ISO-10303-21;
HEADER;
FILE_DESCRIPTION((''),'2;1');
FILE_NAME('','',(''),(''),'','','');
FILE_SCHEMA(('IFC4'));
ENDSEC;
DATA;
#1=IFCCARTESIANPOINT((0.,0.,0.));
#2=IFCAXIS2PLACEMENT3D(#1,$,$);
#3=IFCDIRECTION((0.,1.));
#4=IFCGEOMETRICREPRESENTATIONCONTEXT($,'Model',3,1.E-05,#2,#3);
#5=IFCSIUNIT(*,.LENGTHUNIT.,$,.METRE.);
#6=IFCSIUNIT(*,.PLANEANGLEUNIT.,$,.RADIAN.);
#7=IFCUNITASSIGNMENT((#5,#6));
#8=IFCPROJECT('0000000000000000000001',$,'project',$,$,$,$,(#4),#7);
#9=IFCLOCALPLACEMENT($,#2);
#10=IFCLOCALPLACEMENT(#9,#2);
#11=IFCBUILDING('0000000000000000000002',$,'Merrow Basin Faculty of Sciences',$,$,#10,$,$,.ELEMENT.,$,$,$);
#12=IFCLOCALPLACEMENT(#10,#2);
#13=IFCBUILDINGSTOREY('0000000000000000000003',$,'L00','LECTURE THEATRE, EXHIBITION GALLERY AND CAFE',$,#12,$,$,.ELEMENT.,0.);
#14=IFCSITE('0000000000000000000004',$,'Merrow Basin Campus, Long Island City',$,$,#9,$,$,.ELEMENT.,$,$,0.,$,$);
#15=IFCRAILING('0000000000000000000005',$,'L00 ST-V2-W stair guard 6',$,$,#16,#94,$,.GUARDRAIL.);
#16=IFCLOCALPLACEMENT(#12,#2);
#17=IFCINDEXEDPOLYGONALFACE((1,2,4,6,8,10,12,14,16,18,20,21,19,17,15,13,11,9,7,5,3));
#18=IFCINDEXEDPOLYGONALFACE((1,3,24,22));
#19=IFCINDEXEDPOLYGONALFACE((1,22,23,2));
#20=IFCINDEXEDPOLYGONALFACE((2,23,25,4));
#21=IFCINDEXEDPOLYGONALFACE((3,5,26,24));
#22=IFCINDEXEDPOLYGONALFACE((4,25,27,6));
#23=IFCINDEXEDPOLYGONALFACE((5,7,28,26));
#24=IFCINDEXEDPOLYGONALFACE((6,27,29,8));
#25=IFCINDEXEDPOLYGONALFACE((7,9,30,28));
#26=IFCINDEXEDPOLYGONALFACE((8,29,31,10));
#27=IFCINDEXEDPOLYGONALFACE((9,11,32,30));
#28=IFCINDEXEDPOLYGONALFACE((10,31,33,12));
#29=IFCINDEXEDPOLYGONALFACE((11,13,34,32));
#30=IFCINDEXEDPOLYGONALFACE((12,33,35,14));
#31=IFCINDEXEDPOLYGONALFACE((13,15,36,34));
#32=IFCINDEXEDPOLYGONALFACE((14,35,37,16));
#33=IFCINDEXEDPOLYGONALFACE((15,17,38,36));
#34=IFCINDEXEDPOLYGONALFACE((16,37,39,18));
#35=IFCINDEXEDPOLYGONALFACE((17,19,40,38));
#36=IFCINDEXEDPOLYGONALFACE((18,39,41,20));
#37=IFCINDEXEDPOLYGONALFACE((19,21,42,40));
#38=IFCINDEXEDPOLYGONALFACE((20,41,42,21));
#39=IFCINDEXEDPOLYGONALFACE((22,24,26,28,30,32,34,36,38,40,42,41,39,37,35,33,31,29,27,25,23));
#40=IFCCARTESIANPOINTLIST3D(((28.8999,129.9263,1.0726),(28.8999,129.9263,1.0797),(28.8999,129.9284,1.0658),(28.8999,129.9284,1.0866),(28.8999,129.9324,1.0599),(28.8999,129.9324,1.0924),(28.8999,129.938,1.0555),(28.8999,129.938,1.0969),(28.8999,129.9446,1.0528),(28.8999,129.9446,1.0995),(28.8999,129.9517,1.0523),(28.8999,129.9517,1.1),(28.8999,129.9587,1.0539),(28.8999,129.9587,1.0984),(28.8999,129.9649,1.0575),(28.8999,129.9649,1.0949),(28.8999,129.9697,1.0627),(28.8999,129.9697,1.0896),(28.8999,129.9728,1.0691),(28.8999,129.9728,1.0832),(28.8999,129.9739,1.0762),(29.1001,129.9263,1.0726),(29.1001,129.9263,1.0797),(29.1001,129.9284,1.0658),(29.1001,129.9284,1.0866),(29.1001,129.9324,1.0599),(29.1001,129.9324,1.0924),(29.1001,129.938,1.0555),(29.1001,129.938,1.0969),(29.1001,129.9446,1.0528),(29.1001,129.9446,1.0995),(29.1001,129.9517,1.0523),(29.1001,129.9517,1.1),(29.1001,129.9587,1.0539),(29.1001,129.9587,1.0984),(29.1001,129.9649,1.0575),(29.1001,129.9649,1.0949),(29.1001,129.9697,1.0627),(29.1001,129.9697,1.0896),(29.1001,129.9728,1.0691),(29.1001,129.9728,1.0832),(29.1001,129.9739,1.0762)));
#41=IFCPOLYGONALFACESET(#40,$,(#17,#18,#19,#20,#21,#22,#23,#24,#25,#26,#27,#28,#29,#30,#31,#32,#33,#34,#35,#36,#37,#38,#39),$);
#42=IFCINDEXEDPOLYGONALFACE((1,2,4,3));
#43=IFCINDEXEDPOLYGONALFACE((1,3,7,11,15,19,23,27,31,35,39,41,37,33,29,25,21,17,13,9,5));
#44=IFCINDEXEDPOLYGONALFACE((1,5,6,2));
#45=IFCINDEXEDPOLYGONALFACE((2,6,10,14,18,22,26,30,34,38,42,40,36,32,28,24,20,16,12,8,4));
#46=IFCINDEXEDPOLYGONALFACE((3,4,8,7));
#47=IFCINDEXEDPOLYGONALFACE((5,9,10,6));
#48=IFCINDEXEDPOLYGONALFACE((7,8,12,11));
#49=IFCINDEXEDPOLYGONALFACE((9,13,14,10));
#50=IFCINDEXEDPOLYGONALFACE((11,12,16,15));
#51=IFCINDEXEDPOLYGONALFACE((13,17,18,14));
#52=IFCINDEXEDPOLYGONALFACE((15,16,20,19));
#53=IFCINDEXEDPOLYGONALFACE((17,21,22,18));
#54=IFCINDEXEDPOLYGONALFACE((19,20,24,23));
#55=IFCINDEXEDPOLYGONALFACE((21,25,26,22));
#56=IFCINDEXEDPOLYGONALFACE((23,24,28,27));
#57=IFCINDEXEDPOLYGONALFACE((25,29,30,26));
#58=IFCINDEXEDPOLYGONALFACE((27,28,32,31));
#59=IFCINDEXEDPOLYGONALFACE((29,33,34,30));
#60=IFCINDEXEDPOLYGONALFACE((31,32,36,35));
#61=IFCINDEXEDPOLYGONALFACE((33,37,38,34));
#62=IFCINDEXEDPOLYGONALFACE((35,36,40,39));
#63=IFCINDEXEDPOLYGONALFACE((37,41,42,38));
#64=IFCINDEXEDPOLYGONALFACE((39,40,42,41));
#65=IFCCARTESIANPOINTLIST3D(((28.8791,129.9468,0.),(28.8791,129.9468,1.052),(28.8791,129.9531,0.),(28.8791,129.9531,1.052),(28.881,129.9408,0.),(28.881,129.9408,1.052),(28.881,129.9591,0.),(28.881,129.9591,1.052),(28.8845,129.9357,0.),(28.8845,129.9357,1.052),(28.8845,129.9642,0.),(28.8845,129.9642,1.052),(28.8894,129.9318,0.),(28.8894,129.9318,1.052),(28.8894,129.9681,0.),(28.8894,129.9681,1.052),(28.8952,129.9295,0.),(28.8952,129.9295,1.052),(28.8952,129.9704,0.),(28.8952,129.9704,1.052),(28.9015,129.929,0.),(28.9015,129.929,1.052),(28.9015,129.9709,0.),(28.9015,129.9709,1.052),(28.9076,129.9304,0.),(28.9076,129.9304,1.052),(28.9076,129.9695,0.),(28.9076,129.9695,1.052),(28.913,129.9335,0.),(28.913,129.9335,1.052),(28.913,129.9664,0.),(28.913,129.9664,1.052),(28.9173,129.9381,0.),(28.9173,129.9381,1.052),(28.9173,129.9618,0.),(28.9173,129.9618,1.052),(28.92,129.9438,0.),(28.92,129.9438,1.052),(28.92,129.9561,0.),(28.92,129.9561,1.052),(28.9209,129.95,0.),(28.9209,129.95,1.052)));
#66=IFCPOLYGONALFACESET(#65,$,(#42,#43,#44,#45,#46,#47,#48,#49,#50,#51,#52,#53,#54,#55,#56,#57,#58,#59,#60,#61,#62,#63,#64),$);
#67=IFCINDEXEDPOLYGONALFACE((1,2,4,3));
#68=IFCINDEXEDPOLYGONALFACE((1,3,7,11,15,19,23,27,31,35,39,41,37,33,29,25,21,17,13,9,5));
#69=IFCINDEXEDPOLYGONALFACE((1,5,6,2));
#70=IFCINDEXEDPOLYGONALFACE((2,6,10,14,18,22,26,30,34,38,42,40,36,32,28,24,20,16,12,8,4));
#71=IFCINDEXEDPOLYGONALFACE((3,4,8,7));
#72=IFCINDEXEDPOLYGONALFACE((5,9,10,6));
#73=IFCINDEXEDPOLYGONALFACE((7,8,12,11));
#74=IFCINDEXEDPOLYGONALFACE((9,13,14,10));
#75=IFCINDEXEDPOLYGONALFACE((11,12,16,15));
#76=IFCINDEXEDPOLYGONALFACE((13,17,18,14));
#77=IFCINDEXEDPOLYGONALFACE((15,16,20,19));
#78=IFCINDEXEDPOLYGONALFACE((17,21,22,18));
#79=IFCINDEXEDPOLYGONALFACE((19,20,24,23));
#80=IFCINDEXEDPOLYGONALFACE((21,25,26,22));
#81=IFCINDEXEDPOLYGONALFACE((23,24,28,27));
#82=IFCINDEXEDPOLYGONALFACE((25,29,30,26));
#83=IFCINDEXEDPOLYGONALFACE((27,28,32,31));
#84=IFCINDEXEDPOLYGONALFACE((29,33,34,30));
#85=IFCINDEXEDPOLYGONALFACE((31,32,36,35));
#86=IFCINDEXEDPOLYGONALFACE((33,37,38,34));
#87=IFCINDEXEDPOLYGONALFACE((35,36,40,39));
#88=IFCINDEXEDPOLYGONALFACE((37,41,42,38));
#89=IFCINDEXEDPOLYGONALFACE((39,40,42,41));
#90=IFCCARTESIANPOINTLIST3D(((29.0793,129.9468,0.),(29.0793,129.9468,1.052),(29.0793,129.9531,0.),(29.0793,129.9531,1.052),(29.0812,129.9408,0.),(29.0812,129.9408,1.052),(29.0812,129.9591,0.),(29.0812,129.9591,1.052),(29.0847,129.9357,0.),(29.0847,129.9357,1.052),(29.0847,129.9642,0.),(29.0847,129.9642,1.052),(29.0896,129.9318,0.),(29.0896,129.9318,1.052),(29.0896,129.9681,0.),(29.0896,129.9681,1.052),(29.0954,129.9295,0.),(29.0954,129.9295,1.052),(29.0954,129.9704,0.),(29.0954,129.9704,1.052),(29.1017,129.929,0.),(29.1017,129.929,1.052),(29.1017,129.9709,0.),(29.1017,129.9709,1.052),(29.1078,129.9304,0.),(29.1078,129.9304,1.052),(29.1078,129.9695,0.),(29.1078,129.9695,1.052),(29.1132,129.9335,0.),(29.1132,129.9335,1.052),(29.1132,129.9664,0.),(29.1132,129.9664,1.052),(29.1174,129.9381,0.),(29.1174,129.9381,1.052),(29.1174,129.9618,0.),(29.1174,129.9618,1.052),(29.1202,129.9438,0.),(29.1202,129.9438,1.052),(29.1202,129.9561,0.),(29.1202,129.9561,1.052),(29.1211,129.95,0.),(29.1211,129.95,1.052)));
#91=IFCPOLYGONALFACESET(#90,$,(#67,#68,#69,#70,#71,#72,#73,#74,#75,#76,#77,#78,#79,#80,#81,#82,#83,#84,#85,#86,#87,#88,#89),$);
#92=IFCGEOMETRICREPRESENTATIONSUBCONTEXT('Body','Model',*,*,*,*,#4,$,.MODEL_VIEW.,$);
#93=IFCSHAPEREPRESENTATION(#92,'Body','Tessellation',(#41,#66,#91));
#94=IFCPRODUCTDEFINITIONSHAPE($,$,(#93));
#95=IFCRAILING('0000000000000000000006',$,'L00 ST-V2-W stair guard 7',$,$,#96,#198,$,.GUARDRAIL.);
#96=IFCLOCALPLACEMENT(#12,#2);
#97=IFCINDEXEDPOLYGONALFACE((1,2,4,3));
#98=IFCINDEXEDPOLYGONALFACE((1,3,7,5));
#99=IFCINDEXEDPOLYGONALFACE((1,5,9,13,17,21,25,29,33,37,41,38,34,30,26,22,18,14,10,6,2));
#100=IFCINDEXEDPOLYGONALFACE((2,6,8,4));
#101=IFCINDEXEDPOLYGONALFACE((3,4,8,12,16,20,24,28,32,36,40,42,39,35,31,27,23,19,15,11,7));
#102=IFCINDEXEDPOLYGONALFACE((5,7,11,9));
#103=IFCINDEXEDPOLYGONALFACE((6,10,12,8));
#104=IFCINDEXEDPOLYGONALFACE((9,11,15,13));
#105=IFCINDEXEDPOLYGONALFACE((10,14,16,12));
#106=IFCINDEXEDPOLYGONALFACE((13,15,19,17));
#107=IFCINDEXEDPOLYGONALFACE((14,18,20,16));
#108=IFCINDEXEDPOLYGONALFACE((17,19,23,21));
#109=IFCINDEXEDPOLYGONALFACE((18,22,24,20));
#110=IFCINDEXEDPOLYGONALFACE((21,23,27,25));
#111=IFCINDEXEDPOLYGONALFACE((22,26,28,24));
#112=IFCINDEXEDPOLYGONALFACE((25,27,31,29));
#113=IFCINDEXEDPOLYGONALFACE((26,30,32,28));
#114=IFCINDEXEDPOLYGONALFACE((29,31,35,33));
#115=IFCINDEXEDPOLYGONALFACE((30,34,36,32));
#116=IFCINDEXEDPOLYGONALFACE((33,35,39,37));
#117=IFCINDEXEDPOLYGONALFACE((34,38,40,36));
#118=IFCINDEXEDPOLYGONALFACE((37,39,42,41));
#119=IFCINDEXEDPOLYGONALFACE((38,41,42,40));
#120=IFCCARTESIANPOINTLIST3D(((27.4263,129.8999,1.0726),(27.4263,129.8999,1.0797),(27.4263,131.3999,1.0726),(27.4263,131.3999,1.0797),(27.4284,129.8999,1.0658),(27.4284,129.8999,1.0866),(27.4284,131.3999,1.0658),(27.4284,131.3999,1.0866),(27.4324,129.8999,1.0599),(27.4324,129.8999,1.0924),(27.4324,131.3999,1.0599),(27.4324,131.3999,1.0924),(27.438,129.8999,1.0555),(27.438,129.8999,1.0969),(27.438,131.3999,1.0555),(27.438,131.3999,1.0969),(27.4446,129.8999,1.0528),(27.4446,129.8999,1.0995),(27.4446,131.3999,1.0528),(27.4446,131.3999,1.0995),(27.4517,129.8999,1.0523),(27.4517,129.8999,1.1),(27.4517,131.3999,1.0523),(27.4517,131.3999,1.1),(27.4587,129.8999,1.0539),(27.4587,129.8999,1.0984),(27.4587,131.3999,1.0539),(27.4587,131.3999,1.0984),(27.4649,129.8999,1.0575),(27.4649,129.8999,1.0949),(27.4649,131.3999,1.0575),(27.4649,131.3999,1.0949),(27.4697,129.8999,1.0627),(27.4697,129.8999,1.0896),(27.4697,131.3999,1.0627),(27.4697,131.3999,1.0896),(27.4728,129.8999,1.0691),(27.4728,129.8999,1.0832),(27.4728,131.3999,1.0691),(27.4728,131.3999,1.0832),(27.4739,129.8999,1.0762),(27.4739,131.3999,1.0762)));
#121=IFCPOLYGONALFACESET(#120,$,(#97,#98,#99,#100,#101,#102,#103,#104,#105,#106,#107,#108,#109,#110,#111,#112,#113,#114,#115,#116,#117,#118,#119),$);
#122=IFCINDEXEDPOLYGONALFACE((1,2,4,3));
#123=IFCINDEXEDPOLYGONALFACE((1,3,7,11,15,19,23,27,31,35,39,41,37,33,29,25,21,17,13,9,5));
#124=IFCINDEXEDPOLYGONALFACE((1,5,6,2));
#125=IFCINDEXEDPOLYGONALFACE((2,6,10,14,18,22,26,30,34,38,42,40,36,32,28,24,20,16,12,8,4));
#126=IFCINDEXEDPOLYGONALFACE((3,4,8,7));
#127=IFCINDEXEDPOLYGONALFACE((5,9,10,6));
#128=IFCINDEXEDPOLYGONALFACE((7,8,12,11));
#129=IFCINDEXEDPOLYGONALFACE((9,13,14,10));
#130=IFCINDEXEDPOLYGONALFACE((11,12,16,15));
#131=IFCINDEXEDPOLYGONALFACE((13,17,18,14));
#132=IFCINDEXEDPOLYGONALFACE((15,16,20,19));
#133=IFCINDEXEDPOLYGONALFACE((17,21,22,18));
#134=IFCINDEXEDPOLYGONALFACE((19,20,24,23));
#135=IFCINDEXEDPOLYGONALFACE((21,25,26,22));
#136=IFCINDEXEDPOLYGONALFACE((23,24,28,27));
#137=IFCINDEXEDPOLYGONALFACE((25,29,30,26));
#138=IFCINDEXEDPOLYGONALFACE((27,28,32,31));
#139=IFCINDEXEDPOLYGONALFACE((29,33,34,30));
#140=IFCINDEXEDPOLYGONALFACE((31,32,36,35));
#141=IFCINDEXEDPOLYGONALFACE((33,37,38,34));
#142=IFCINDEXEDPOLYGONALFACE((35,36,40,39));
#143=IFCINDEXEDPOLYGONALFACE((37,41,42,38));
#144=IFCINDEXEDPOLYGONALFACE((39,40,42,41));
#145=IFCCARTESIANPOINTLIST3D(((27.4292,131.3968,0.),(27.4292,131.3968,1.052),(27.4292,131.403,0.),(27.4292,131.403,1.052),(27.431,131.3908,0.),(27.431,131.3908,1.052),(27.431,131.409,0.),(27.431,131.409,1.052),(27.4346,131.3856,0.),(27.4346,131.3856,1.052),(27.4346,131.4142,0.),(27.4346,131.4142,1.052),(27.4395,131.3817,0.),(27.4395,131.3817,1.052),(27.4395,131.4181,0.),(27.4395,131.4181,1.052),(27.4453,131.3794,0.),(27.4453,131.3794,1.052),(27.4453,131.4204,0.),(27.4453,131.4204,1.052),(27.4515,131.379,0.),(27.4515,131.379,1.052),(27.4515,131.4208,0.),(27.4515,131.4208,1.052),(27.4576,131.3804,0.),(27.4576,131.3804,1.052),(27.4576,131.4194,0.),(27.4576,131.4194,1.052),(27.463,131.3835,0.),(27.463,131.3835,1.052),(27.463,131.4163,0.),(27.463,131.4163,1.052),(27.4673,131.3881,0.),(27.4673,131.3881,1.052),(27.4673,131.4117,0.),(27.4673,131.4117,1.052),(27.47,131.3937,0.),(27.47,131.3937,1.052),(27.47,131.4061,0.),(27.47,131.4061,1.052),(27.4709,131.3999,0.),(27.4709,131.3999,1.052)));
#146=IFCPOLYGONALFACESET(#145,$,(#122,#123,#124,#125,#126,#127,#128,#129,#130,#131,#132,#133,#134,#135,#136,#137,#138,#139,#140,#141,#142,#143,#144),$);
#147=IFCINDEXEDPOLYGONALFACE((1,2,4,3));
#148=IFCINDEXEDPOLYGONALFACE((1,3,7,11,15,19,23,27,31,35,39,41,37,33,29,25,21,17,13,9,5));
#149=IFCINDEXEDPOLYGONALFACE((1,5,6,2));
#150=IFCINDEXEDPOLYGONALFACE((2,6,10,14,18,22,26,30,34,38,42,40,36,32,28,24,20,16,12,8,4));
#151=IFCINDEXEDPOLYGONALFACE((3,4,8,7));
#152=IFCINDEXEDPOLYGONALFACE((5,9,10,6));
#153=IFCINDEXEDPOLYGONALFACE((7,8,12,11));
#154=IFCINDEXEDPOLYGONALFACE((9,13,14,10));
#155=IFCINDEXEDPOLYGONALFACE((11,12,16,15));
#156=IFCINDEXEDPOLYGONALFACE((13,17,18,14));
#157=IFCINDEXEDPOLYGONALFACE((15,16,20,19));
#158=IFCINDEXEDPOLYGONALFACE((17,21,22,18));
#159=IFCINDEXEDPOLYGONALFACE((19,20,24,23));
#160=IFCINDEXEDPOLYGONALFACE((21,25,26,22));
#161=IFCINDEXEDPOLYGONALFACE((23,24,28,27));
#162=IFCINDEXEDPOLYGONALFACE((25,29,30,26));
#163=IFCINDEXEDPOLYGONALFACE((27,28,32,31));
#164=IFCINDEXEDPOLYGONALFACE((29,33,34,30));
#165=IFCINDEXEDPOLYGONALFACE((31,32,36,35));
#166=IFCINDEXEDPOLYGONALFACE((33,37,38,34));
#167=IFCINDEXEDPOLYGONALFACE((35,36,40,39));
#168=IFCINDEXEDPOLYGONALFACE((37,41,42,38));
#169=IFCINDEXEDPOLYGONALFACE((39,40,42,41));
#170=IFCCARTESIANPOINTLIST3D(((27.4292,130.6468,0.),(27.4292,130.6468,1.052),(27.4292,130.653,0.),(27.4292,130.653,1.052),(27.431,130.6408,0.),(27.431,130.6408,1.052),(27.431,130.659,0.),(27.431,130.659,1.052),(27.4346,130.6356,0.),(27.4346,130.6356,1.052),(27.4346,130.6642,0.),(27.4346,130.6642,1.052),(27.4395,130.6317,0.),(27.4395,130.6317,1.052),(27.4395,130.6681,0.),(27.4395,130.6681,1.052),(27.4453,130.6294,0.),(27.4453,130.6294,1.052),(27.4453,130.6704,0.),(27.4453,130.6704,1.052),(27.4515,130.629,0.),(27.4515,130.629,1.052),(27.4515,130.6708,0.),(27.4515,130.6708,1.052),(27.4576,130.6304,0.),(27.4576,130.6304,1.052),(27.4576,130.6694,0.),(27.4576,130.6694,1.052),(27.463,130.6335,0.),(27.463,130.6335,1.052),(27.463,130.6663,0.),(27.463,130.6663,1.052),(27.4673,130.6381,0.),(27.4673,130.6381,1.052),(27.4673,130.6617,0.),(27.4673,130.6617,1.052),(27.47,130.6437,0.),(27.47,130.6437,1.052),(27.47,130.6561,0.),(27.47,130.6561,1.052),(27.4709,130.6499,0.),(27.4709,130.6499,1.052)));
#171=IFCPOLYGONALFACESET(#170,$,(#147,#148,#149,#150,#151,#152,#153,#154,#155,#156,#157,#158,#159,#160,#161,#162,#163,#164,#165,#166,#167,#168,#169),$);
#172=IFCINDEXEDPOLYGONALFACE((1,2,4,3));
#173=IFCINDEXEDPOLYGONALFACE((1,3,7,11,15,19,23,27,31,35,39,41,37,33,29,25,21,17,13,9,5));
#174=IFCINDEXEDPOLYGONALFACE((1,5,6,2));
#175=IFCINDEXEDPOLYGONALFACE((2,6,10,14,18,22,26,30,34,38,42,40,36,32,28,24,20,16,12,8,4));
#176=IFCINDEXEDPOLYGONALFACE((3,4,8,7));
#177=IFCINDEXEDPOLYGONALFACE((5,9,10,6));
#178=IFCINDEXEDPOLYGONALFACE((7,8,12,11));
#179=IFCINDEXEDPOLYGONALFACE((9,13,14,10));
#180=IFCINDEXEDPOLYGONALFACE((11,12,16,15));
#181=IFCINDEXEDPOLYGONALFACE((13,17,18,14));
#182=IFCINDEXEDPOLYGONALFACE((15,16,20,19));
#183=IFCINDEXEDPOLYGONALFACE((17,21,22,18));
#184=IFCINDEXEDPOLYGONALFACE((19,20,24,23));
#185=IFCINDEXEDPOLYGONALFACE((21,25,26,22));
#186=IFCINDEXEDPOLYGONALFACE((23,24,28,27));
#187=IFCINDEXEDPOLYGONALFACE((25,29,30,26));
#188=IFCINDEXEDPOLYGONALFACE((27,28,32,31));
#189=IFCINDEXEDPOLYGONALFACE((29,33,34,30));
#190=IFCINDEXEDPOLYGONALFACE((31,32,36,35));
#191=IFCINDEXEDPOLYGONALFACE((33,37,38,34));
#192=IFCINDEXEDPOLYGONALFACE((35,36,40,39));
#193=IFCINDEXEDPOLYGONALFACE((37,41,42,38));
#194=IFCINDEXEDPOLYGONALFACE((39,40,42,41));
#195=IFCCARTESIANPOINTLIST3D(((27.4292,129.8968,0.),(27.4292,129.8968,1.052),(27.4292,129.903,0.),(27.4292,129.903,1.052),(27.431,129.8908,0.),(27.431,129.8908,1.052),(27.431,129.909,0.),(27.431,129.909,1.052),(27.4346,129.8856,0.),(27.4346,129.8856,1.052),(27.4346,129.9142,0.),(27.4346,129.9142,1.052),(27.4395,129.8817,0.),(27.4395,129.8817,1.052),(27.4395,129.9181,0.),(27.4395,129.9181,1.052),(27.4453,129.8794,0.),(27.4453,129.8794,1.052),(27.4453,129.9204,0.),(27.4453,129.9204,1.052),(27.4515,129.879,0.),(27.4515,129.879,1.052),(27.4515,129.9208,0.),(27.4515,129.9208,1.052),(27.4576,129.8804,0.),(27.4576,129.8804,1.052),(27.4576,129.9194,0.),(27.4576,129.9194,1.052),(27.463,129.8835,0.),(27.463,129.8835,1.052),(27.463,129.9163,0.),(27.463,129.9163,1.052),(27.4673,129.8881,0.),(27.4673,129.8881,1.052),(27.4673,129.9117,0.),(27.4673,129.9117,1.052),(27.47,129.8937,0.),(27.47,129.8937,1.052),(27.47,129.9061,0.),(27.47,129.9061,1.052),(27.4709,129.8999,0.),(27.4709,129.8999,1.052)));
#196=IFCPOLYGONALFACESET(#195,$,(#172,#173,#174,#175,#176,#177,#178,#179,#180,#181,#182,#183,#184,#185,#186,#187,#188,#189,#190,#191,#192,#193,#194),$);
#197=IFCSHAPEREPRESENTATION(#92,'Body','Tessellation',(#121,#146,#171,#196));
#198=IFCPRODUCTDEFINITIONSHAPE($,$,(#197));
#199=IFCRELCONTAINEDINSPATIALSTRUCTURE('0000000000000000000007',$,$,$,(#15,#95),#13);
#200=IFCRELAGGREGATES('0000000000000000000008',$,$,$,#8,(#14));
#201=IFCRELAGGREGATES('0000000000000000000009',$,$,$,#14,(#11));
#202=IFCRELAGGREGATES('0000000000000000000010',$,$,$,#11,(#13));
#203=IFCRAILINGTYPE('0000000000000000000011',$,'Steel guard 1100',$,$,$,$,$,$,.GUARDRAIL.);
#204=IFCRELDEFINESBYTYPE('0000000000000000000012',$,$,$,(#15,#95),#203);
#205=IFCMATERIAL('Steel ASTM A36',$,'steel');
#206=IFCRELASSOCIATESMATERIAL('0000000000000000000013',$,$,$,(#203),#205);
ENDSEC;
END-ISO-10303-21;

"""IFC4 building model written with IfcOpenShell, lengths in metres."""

from ifc_helpers import new_model, si_unit, direction, frame, origin, origin_2d, place, context, subcontext, project, spatial, circle, extrude, material, type_object, element, save


model = new_model("IFC4")

# Units and contexts
model_context = context("Model", 3, precision=1e-05, world=origin(), true_north=direction((0.0, 1.0)))
body_context = subcontext(model_context, "Body", "Model", "MODEL_VIEW")
ifc_project = project(units=[si_unit("LENGTHUNIT", "METRE"), si_unit("PLANEANGLEUNIT", "RADIAN")], contexts=[model_context])

# Site, building, storey
site_placement = place(None, origin())
site = spatial("IfcSite", under=ifc_project, at=site_placement, Name="Merrow Basin Campus, Long Island City", CompositionType="ELEMENT", RefElevation=0.0)
building_placement = place(site_placement, origin())
building = spatial("IfcBuilding", under=site, at=building_placement, Name="Merrow Basin Faculty of Sciences", CompositionType="ELEMENT")
storey_placement = place(building_placement, origin())
storey = spatial("IfcBuildingStorey", under=building, at=storey_placement, Name="L00", Description="LECTURE THEATRE, EXHIBITION GALLERY AND CAFE", CompositionType="ELEMENT", Elevation=0.0)

# Railings
ifc_material_1 = material(Name="Steel ASTM A36", Category="steel")
railing_type_1 = type_object("IfcRailingType", Name="Steel guard 1100", PredefinedType="GUARDRAIL", material=ifc_material_1)
railing_1_placement = place(storey_placement, frame((28.8999, 129.95, 0.0)))
element("IfcRailing", 1, at=railing_1_placement, inside=storey, type_object=railing_type_1, Name="L00 ST-V2-W stair guard 6", PredefinedType="GUARDRAIL", context=body_context, shape_type="SweptSolid", body=[
    extrude(circle(Radius=0.0239, at=origin_2d()), frame((0.0, 0.0, 1.0762), z_axis=(1.0, 0.0, 0.0), x_axis=(0.0, 1.0, 0.0)), (0.0, 0.0, 1.0), 0.2002),
    extrude(circle(Radius=0.021, at=origin_2d()), origin(), (0.0, 0.0, 1.0), 1.052),
    extrude(circle(Radius=0.021, at=origin_2d()), frame((0.2002, 0.0, 0.0)), (0.0, 0.0, 1.0), 1.052),
])
railing_2_placement = place(storey_placement, frame((27.45, 131.3999, 0.0)))
element("IfcRailing", 2, at=railing_2_placement, inside=storey, type_object=railing_type_1, Name="L00 ST-V2-W stair guard 7", PredefinedType="GUARDRAIL", context=body_context, shape_type="SweptSolid", body=[
    extrude(circle(Radius=0.0239, at=origin_2d()), frame((0.0, 0.0, 1.0762), z_axis=(0.0, -1.0, 0.0), x_axis=(1.0, 0.0, 0.0)), (0.0, 0.0, 1.0), 1.5),
    extrude(circle(Radius=0.021, at=origin_2d()), origin(), (0.0, 0.0, 1.0), 1.052),
    extrude(circle(Radius=0.021, at=origin_2d()), frame((0.0, -0.75, 0.0)), (0.0, 0.0, 1.0), 1.052),
    extrude(circle(Radius=0.021, at=origin_2d()), frame((0.0, -1.5, 0.0)), (0.0, 0.0, 1.0), 1.052),
])

save(model, "model.ifc")
